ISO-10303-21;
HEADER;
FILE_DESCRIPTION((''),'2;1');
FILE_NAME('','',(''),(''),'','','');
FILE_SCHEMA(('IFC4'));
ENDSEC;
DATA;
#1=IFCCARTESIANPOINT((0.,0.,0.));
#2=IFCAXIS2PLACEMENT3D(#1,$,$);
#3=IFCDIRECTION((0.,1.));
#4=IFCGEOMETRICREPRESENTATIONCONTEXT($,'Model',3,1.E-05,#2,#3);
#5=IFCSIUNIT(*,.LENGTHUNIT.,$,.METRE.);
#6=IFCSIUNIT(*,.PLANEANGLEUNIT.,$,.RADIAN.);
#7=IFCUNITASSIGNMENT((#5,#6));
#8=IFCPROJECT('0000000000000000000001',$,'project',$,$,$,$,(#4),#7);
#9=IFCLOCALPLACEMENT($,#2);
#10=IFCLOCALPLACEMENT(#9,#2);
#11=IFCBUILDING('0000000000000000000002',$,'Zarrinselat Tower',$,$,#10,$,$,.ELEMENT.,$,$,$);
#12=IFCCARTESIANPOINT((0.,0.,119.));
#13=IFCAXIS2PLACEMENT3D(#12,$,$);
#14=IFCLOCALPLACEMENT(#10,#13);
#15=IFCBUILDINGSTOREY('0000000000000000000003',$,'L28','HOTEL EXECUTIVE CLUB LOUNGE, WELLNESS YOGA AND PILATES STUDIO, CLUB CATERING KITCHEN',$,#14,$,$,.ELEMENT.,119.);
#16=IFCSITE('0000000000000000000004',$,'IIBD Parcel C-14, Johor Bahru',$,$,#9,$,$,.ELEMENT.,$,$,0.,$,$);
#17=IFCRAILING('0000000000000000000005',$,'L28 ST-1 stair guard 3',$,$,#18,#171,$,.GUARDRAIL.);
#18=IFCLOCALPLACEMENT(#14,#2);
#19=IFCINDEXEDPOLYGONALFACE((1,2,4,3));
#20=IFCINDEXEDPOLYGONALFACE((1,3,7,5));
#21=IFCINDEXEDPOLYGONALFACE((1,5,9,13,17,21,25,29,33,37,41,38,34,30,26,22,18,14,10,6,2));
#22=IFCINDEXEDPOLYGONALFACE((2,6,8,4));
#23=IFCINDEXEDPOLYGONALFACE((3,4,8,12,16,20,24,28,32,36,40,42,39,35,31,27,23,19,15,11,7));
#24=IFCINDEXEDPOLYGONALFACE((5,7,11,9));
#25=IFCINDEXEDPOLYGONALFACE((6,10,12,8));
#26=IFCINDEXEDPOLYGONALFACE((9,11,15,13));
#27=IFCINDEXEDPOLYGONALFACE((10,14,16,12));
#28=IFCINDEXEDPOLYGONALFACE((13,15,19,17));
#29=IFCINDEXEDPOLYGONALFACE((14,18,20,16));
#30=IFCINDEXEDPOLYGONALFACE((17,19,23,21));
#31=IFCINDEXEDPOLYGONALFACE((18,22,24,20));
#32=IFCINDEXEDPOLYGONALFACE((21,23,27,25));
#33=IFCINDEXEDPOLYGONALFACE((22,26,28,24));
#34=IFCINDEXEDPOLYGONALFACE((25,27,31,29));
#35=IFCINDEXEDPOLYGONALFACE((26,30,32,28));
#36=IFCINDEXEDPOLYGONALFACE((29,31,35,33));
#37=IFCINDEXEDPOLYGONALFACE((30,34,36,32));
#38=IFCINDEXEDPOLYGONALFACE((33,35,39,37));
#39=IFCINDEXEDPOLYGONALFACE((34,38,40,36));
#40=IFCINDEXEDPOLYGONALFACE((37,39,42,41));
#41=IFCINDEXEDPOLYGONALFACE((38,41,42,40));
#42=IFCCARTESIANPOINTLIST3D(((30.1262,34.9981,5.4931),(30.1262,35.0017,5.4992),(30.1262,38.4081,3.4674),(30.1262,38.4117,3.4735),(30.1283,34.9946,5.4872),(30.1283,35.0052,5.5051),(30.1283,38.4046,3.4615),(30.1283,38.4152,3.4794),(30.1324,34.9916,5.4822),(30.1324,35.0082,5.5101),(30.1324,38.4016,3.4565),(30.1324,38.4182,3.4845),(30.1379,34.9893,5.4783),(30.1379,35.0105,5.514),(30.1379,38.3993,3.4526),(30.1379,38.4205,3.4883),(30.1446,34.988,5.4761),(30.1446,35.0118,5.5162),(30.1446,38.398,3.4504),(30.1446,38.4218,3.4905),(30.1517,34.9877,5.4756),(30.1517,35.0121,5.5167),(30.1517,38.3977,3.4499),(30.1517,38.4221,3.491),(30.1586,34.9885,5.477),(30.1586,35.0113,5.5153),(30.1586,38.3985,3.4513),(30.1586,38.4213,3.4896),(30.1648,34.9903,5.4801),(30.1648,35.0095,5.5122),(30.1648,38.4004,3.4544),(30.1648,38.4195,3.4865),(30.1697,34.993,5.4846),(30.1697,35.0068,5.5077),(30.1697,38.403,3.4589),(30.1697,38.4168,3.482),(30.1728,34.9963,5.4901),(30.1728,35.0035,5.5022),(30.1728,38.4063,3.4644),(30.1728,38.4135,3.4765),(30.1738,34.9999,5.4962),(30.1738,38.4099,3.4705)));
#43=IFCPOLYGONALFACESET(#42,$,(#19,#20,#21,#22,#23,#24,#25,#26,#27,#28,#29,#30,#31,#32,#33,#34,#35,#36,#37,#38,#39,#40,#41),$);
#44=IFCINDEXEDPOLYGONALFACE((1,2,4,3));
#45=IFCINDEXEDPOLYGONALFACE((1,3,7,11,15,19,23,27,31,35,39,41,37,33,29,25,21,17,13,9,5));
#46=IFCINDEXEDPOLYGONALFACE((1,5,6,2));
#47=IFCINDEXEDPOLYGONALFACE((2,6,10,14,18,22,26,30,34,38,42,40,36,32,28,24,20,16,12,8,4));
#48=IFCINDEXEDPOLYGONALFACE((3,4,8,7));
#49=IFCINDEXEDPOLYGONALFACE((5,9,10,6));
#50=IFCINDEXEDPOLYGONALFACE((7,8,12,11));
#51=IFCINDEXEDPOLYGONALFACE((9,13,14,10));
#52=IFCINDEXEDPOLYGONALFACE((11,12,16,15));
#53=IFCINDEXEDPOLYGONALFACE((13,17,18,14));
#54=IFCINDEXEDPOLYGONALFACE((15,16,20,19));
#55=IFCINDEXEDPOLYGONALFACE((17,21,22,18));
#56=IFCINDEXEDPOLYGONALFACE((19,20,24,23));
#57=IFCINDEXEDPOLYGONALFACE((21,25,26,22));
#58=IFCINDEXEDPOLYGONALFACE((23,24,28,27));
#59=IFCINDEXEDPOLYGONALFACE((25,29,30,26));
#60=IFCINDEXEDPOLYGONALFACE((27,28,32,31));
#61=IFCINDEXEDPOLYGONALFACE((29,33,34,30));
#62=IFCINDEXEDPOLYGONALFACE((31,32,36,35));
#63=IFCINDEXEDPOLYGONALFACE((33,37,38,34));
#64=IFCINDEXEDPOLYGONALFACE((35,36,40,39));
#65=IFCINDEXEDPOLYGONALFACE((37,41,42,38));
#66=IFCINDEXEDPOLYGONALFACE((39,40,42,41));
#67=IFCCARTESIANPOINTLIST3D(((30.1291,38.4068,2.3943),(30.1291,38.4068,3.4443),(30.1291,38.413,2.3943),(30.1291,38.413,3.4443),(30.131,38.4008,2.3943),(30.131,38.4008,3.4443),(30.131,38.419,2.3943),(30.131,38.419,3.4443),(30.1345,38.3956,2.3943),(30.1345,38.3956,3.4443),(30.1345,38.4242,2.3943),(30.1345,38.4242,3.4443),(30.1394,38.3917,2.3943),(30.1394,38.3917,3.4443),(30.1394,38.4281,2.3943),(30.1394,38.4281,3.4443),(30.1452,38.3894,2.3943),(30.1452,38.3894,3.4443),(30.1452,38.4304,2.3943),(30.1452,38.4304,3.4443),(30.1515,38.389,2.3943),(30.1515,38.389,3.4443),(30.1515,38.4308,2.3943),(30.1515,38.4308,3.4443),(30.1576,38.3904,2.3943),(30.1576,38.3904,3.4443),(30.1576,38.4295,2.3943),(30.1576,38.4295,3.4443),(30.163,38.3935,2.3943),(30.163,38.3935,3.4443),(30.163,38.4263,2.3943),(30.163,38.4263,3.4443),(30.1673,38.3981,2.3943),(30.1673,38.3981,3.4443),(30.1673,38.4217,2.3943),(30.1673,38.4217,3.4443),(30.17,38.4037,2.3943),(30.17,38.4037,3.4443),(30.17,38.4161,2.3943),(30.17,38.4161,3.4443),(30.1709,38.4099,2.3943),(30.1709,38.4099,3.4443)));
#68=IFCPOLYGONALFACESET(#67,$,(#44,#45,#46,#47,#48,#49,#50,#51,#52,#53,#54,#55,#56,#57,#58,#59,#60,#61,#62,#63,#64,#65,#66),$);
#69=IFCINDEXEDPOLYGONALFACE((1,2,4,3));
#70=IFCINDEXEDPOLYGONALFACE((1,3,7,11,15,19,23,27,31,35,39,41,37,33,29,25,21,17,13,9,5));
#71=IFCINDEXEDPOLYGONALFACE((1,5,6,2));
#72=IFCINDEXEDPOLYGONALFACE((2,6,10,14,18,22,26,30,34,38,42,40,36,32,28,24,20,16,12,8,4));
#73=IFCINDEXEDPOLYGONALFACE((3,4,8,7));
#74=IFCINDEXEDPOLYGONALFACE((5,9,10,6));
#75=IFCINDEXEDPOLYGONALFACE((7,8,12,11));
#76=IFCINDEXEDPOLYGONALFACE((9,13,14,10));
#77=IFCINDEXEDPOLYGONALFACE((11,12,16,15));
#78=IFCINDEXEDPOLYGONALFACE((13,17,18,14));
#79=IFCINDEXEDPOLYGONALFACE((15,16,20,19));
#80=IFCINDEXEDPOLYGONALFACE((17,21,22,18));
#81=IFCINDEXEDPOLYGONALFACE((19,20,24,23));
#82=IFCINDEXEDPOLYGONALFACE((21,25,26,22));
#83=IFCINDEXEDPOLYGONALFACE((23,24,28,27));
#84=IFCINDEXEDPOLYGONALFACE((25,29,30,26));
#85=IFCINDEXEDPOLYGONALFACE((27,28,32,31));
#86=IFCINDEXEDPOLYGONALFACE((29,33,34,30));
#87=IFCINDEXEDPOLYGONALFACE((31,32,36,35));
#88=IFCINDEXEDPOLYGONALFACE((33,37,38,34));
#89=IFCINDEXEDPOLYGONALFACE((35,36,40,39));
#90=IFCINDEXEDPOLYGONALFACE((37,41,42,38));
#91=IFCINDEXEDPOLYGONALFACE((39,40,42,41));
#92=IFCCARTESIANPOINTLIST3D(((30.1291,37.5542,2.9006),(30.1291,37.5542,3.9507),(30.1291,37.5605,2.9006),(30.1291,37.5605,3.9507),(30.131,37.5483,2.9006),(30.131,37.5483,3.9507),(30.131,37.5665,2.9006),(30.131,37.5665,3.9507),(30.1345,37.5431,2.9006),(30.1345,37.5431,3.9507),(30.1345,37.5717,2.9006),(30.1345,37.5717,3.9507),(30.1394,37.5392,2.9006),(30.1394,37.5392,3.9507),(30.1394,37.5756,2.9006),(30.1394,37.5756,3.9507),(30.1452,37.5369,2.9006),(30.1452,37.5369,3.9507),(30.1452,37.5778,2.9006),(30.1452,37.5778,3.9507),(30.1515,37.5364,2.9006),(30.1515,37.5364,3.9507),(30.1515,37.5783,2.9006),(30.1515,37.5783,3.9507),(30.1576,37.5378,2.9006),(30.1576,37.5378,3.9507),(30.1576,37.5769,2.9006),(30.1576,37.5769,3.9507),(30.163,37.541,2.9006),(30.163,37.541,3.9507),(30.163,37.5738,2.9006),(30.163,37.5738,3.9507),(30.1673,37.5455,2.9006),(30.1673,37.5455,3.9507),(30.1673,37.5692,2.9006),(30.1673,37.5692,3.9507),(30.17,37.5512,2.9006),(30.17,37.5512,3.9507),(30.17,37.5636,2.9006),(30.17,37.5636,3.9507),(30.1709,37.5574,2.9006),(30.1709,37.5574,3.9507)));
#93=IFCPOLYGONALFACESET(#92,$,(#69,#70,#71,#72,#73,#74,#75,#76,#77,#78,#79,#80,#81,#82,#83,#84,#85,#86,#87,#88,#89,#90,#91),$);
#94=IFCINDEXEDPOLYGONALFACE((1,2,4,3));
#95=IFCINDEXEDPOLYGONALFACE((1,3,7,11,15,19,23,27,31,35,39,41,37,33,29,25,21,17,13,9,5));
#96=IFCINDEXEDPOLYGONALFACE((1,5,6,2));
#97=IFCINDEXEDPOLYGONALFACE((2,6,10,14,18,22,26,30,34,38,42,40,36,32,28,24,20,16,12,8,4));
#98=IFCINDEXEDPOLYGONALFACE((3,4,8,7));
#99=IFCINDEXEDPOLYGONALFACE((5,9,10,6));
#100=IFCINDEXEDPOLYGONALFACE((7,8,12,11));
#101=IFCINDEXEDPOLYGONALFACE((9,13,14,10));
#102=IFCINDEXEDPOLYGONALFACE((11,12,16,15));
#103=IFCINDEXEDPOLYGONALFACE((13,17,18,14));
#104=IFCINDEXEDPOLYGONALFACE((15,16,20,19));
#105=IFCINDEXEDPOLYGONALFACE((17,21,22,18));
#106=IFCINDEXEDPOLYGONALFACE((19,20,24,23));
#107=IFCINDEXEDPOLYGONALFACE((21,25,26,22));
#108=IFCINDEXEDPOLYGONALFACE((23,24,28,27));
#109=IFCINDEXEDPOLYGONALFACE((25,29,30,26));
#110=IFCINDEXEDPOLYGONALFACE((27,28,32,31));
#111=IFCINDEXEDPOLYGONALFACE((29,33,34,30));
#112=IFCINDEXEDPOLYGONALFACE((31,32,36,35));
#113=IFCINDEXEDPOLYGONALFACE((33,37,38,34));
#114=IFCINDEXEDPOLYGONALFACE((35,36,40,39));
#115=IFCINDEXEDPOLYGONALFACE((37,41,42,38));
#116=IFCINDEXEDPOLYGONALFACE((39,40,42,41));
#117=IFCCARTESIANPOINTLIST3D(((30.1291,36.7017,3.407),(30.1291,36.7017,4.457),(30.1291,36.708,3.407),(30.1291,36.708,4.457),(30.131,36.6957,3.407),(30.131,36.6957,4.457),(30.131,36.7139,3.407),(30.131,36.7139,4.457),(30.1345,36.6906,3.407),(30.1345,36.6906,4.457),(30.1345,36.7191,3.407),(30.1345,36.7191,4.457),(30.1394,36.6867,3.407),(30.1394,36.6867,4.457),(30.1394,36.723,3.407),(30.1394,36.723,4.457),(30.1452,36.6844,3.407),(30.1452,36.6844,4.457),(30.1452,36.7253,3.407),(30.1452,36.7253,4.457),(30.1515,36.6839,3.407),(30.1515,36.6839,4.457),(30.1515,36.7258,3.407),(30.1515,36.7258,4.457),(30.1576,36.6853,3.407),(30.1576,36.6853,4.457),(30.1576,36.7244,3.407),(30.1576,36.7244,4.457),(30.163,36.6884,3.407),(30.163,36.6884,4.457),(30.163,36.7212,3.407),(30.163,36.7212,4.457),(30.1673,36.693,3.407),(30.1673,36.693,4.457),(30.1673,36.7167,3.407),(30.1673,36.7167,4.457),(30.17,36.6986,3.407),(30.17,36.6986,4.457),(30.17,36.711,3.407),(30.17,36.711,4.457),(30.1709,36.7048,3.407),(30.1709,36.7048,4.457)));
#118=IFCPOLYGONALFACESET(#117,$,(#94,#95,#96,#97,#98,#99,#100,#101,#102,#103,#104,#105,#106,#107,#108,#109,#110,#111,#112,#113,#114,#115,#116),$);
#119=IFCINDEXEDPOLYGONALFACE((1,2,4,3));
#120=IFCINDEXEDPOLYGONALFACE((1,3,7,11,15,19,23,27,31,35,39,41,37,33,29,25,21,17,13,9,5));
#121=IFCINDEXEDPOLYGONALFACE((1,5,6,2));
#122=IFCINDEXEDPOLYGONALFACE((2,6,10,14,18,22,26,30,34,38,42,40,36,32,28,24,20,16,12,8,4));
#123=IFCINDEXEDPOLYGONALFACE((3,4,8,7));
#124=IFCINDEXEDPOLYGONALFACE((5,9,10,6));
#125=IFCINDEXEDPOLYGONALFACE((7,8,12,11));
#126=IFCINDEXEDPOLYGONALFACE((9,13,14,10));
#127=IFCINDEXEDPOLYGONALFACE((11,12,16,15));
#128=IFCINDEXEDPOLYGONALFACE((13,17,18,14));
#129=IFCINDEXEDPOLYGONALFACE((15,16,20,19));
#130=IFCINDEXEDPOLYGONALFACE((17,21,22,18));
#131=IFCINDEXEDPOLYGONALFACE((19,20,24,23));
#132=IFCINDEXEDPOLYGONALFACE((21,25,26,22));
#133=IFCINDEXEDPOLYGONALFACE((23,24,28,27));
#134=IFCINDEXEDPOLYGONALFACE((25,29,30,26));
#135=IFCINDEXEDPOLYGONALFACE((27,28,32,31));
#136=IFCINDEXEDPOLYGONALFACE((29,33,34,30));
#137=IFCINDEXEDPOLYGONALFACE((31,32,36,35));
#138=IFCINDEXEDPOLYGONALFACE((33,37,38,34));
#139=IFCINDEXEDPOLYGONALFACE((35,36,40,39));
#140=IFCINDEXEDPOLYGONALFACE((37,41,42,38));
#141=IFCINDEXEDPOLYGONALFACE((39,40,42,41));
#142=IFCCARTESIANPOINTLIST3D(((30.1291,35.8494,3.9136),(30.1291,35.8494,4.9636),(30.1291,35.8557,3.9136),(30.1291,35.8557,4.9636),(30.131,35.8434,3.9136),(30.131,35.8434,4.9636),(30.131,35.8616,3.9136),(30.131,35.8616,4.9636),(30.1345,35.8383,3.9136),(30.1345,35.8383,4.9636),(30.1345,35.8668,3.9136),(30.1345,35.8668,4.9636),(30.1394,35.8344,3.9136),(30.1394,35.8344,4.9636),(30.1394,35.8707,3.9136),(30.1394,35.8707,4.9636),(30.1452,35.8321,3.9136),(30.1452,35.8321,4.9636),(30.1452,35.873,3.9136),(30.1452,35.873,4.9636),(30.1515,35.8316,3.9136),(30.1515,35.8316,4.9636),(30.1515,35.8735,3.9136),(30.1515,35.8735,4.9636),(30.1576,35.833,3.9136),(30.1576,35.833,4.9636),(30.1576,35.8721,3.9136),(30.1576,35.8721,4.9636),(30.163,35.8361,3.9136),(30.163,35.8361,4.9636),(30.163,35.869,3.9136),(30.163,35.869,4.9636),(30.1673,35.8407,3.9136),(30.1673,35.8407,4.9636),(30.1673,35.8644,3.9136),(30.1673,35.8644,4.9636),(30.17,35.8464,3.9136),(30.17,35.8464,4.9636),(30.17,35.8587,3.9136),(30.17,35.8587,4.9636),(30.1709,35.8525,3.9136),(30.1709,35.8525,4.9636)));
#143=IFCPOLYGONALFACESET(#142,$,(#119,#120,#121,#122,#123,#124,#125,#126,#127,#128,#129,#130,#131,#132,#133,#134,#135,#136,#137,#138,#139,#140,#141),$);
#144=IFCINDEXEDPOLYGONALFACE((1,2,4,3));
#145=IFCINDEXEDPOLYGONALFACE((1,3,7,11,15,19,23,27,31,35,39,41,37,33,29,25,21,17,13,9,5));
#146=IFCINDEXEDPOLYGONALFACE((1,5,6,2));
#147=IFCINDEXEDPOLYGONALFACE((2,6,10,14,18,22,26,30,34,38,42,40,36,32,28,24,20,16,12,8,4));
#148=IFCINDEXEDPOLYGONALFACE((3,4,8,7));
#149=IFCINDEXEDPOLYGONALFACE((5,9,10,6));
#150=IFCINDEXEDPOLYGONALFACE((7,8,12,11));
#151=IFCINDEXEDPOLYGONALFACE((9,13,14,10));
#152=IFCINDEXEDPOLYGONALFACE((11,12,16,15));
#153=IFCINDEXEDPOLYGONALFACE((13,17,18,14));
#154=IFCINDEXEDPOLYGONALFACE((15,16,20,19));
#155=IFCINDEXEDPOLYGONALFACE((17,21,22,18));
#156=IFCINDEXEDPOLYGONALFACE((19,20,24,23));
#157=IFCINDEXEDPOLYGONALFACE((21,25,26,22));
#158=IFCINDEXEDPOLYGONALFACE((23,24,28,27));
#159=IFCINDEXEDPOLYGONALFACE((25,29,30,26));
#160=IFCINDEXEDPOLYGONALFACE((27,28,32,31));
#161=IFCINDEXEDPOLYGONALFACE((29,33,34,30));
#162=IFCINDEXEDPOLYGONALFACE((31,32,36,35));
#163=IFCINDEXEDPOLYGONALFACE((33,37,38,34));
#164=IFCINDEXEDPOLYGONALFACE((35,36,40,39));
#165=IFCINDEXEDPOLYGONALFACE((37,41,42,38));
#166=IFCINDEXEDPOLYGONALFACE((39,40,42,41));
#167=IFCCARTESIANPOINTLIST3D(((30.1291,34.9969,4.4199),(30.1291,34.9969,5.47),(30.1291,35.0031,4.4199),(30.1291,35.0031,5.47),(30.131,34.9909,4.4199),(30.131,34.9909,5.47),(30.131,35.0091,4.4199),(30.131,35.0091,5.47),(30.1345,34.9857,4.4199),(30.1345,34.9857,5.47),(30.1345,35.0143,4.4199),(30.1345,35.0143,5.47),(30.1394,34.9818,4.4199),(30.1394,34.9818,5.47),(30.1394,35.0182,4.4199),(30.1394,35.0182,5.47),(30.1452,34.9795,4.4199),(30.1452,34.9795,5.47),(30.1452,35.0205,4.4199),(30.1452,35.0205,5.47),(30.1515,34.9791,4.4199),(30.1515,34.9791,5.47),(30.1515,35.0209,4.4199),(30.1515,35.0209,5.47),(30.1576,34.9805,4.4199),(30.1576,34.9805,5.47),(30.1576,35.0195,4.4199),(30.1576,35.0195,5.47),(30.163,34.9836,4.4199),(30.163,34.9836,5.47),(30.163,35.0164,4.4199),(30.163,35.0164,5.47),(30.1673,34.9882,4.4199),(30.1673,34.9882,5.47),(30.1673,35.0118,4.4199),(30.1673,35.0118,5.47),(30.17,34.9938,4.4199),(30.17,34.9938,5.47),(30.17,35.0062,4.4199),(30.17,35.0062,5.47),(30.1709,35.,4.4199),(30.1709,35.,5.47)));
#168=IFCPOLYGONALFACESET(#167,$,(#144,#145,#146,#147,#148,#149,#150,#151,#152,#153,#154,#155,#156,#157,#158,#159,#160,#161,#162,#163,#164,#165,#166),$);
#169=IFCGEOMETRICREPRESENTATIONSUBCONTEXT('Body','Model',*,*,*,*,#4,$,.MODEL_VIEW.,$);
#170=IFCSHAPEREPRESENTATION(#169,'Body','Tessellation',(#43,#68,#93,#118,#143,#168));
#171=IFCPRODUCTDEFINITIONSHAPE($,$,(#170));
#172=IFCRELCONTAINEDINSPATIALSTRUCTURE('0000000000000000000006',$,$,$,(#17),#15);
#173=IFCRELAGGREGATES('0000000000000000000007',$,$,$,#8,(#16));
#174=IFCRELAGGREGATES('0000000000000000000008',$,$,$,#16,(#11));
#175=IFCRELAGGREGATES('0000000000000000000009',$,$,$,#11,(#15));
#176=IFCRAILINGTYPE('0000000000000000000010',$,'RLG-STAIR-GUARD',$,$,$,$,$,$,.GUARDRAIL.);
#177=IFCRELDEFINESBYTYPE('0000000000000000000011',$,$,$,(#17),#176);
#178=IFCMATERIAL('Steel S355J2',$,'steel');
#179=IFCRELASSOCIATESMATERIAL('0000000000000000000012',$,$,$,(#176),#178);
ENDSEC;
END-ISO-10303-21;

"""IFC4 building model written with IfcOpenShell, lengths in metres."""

from ifc_helpers import new_model, si_unit, direction, frame, origin, origin_2d, place, context, subcontext, project, spatial, circle, extrude, material, type_object, element, save


model = new_model("IFC4")

# Units and contexts
model_context = context("Model", 3, precision=1e-05, world=origin(), true_north=direction((0.0, 1.0)))
body_context = subcontext(model_context, "Body", "Model", "MODEL_VIEW")
ifc_project = project(units=[si_unit("LENGTHUNIT", "METRE"), si_unit("PLANEANGLEUNIT", "RADIAN")], contexts=[model_context])

# Site, building, storey
site_placement = place(None, origin())
site = spatial("IfcSite", under=ifc_project, at=site_placement, Name="IIBD Parcel C-14, Johor Bahru", CompositionType="ELEMENT", RefElevation=0.0)
building_placement = place(site_placement, origin())
building = spatial("IfcBuilding", under=site, at=building_placement, Name="Zarrinselat Tower", CompositionType="ELEMENT")
storey_placement = place(building_placement, frame((0.0, 0.0, 119.0)))
storey = spatial("IfcBuildingStorey", under=building, at=storey_placement, Name="L28", Description="HOTEL EXECUTIVE CLUB LOUNGE, WELLNESS YOGA AND PILATES STUDIO, CLUB CATERING KITCHEN", CompositionType="ELEMENT", Elevation=119.0)

# Railing
ifc_material_1 = material(Name="Steel S355J2", Category="steel")
railing_type_1 = type_object("IfcRailingType", Name="RLG-STAIR-GUARD", PredefinedType="GUARDRAIL", material=ifc_material_1)
railing_1_placement = place(storey_placement, frame((30.1499, 38.4099, 2.3943)))
element("IfcRailing", 1, at=railing_1_placement, inside=storey, type_object=railing_type_1, Name="L28 ST-1 stair guard 3", PredefinedType="GUARDRAIL", context=body_context, shape_type="SweptSolid", body=[
    extrude(circle(Radius=0.0239, at=origin_2d()), frame((0.0, 0.0, 1.0762), z_axis=(0.0, -0.859744, 0.510725), x_axis=(1.0, 0.0, 0.0)), (0.0, 0.0, 1.0), 3.9663),
    extrude(circle(Radius=0.021, at=origin_2d()), origin(), (0.0, 0.0, 1.0), 1.05),
    extrude(circle(Radius=0.021, at=origin_2d()), frame((0.0, -0.8525, 0.5063)), (0.0, 0.0, 1.0), 1.05),
    extrude(circle(Radius=0.021, at=origin_2d()), frame((0.0, -1.7051, 1.0127)), (0.0, 0.0, 1.0), 1.05),
    extrude(circle(Radius=0.021, at=origin_2d()), frame((0.0, -2.5574, 1.5193)), (0.0, 0.0, 1.0), 1.05),
    extrude(circle(Radius=0.021, at=origin_2d()), frame((0.0, -3.4099, 2.0256)), (0.0, 0.0, 1.0), 1.05),
])

save(model, "model.ifc")
